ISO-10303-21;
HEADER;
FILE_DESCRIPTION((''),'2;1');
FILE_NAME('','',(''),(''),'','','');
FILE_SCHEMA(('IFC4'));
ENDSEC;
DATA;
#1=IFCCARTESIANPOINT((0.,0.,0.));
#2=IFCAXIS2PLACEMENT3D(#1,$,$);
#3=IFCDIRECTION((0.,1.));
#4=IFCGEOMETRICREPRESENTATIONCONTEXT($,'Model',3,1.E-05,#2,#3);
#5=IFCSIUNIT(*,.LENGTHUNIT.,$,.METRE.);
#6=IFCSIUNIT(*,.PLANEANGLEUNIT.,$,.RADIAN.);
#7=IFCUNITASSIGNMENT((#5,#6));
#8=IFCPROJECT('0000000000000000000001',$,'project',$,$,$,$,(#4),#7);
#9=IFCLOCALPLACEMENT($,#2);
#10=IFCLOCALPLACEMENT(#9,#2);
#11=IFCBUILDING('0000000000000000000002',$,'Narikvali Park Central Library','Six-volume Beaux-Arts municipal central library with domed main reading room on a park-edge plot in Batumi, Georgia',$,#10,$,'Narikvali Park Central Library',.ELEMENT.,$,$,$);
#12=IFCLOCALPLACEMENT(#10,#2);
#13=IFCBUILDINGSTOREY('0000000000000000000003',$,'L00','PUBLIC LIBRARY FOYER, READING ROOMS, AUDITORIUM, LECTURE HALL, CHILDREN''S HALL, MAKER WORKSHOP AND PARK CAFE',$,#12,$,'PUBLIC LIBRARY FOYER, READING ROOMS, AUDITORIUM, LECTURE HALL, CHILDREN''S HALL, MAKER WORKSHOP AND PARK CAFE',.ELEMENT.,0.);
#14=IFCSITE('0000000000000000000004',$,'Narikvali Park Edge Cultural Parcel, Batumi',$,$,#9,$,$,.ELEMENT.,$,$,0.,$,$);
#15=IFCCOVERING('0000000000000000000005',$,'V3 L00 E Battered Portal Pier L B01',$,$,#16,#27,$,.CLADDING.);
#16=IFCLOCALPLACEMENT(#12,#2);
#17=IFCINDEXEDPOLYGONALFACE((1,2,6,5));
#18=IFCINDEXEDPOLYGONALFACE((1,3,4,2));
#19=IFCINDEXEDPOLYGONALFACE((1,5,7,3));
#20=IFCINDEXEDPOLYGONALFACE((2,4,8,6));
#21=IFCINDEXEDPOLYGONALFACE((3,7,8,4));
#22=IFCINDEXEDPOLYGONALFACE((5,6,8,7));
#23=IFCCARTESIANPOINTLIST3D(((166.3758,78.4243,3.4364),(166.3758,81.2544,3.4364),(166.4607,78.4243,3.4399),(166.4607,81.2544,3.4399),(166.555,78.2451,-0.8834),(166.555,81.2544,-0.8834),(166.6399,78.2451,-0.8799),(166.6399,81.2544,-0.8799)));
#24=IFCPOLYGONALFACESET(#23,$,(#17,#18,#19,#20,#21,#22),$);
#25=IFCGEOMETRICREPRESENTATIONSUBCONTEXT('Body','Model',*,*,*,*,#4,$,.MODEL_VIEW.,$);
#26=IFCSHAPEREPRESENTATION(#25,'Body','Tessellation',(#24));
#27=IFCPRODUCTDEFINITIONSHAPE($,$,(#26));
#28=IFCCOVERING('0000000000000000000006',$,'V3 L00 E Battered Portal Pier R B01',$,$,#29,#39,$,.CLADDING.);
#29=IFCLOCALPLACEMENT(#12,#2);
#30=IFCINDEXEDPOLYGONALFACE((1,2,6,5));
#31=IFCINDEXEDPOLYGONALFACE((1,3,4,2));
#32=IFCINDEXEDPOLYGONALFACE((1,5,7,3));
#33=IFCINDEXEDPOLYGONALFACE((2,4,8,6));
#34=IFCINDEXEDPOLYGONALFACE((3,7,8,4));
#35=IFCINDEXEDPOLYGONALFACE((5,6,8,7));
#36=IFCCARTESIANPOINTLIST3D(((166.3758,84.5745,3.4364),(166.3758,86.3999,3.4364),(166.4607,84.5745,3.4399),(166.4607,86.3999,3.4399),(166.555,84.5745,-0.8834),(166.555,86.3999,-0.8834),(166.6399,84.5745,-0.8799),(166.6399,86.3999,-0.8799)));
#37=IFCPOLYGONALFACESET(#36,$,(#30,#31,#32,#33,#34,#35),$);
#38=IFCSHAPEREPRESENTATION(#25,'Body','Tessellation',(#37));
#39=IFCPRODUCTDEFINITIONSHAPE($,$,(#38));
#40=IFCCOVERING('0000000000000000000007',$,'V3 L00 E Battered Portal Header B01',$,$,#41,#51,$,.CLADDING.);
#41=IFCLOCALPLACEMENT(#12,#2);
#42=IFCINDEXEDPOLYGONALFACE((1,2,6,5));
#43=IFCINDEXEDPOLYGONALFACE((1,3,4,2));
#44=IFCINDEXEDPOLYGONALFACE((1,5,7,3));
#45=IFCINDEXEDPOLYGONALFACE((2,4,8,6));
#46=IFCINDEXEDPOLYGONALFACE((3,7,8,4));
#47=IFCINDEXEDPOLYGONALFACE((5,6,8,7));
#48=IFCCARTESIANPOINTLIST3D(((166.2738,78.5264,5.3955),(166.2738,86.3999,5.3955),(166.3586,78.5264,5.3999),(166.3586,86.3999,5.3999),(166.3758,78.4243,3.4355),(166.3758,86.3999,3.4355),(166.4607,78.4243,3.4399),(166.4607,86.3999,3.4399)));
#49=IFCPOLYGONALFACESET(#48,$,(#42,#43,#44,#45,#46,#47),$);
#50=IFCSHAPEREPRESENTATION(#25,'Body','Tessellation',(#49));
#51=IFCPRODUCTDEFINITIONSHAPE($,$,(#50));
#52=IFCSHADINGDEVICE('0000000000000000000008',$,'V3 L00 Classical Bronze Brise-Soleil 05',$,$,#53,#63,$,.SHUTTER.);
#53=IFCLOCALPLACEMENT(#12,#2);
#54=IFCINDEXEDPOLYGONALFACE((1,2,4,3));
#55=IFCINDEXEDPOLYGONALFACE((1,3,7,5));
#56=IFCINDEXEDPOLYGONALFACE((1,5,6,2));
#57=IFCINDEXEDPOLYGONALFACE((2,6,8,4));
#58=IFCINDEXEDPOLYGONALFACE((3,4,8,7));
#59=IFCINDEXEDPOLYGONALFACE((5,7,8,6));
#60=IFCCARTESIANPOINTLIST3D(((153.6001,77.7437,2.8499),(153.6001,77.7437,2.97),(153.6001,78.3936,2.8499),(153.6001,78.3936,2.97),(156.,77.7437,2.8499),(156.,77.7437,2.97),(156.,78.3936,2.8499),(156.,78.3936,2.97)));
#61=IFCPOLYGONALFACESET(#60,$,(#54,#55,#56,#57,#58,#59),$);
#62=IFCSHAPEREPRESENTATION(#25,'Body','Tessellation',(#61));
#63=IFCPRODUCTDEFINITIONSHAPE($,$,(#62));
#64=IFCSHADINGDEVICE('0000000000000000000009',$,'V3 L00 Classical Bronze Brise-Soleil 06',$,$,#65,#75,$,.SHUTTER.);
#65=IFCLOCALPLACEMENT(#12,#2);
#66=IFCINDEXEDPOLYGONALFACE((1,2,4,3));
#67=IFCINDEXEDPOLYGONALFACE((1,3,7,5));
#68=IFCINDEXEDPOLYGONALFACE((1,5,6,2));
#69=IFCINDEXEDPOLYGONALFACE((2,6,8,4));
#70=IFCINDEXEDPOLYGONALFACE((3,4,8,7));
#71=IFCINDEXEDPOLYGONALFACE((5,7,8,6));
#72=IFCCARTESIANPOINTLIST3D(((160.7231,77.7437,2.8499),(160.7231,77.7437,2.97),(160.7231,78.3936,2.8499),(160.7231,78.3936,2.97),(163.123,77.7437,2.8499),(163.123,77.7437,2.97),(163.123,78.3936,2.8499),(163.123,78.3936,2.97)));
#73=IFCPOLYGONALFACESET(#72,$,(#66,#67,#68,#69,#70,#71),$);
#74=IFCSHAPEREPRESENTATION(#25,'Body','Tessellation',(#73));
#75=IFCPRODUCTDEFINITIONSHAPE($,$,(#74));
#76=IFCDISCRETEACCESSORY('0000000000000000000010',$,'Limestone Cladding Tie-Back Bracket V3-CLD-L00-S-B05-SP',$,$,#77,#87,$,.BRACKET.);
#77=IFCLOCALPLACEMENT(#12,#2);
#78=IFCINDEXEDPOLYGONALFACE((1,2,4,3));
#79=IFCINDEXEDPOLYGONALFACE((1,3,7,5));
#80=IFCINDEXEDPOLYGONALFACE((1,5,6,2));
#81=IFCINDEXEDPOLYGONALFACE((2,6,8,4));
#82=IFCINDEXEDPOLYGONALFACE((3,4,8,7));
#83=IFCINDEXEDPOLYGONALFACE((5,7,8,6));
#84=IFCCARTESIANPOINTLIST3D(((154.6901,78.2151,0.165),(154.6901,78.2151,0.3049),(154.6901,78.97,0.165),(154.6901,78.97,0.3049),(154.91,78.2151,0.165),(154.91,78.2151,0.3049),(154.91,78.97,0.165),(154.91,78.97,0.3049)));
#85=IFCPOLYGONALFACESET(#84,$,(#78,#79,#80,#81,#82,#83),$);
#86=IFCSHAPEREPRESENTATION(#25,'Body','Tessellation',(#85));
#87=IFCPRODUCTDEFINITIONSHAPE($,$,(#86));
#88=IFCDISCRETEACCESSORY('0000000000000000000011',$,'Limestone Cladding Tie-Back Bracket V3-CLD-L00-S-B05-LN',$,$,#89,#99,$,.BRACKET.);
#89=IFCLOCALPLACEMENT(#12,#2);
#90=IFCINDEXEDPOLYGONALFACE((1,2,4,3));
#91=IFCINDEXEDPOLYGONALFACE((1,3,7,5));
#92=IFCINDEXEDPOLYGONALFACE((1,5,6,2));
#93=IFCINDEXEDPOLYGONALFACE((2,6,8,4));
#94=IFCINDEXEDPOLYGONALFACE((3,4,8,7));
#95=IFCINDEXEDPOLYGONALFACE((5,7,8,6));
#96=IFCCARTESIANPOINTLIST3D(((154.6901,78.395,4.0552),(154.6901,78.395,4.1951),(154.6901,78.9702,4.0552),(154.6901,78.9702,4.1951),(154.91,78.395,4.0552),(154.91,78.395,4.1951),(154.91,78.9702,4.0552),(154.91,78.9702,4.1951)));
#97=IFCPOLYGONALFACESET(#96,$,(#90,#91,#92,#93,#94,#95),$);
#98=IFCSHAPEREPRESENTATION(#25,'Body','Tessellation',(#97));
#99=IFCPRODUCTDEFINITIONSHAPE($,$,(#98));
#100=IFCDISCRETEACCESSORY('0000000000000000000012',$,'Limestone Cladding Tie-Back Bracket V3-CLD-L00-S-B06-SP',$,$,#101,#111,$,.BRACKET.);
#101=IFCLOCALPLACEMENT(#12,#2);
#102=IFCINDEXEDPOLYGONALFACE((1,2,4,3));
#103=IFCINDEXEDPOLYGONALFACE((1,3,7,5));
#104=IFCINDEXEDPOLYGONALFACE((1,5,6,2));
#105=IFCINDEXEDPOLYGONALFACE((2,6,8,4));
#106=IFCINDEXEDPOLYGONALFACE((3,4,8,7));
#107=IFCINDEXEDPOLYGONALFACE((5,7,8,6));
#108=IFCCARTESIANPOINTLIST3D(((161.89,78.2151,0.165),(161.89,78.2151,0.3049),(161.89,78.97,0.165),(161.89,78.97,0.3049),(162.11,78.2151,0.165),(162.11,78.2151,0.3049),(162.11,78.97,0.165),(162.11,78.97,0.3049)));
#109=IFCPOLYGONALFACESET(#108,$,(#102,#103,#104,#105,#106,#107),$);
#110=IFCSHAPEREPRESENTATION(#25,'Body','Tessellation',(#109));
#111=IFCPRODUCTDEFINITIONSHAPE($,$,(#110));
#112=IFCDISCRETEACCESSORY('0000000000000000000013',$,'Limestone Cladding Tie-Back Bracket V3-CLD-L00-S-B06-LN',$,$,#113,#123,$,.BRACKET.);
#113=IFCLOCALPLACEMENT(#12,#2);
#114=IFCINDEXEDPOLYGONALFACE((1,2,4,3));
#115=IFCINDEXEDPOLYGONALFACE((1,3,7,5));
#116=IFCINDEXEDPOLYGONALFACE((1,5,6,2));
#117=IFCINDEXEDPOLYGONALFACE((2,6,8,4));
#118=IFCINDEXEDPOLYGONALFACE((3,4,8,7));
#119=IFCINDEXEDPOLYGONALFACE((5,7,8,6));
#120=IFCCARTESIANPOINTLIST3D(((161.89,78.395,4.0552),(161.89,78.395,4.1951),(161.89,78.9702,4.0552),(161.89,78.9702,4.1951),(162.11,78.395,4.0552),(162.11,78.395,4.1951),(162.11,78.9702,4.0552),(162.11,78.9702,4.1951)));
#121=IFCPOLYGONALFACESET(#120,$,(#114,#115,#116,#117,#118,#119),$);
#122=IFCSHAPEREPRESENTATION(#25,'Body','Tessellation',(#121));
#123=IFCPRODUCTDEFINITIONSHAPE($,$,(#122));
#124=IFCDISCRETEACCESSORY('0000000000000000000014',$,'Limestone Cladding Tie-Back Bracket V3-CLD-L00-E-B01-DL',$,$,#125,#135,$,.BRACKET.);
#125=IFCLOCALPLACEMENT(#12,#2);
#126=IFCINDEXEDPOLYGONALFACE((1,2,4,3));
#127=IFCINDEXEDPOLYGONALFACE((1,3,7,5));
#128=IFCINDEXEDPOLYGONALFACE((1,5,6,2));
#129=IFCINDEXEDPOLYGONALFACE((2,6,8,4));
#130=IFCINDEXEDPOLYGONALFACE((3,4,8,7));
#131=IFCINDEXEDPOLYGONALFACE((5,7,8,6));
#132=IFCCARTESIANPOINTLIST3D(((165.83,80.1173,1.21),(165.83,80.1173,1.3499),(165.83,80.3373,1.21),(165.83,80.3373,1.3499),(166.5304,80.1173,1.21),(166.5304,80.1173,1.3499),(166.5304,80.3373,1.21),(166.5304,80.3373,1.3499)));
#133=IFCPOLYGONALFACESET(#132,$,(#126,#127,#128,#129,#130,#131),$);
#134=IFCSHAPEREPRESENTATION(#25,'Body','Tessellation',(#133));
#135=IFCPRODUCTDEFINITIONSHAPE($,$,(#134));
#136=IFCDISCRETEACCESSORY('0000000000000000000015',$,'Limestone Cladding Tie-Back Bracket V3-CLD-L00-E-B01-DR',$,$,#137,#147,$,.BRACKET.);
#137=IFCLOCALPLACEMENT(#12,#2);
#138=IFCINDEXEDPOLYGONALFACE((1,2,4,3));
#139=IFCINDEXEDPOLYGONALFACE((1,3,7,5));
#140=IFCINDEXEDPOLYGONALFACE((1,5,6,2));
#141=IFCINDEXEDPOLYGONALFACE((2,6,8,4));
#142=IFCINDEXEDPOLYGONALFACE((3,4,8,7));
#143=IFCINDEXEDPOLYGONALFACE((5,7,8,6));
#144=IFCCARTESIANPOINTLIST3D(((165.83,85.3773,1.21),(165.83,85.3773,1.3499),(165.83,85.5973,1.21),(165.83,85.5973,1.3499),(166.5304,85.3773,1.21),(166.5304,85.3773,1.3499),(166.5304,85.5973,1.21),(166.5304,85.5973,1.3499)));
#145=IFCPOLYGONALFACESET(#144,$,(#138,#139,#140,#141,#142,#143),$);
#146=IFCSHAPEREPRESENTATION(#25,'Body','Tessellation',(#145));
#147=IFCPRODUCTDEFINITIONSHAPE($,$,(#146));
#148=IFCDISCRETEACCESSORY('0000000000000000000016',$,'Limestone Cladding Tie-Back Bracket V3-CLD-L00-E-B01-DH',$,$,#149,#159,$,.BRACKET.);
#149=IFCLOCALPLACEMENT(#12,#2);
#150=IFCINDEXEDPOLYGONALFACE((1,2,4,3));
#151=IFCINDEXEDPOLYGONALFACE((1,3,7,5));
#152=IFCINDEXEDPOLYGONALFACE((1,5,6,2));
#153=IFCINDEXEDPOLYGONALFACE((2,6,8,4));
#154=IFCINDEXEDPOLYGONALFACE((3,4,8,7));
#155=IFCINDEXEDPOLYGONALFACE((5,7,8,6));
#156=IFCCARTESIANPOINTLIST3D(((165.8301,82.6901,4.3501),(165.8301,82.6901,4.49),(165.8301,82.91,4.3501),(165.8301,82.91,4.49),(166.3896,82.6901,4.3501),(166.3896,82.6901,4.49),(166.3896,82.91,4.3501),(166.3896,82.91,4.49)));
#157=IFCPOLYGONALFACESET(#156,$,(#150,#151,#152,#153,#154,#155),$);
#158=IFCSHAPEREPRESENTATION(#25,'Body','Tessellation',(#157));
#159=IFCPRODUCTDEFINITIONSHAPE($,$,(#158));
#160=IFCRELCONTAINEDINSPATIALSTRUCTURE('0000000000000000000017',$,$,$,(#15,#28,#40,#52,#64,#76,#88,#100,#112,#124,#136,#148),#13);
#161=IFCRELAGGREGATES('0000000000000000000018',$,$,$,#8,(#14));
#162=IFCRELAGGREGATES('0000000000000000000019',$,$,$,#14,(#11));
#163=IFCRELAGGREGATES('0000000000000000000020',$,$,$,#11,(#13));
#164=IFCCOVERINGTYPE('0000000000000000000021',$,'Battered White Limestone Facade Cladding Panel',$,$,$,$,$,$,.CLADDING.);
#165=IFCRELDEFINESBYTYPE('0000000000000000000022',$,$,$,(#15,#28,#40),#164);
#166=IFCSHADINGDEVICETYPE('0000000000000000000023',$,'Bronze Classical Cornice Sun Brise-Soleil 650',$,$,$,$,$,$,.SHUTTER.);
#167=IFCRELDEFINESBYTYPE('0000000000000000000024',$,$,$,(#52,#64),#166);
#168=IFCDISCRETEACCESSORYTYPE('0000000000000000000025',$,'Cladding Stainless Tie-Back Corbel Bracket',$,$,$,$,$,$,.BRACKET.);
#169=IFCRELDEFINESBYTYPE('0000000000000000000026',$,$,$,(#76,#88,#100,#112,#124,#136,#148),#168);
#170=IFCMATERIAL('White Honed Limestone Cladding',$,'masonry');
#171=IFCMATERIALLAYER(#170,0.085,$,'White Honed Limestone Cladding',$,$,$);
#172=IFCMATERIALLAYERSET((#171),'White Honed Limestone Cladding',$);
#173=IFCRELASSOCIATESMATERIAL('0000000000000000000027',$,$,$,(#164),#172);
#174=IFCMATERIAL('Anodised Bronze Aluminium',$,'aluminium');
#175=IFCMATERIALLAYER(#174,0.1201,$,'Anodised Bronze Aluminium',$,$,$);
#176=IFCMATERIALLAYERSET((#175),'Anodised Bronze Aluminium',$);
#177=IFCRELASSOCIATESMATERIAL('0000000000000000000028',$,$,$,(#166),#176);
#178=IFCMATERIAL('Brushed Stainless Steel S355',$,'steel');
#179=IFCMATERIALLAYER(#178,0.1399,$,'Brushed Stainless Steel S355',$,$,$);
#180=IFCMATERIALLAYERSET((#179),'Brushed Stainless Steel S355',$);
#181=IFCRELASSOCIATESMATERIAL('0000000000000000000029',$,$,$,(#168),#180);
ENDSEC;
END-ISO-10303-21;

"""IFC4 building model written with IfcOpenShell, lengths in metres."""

from ifc_helpers import new_model, si_unit, direction, frame, origin, origin_2d, place, context, subcontext, project, spatial, polyline, rectangle, outline, extrude, material, layer, layer_set, type_object, element, save


model = new_model("IFC4")

# Units and contexts
model_context = context("Model", 3, precision=1e-05, world=origin(), true_north=direction((0.0, 1.0)))
body_context = subcontext(model_context, "Body", "Model", "MODEL_VIEW")
ifc_project = project(units=[si_unit("LENGTHUNIT", "METRE"), si_unit("PLANEANGLEUNIT", "RADIAN")], contexts=[model_context])

# Site, building, storey
site_placement = place(None, origin())
site = spatial("IfcSite", under=ifc_project, at=site_placement, Name="Narikvali Park Edge Cultural Parcel, Batumi", CompositionType="ELEMENT", RefElevation=0.0)
building_placement = place(site_placement, origin())
building = spatial("IfcBuilding", under=site, at=building_placement, Name="Narikvali Park Central Library", Description="Six-volume Beaux-Arts municipal central library with domed main reading room on a park-edge plot in Batumi, Georgia", LongName="Narikvali Park Central Library", CompositionType="ELEMENT")
storey_placement = place(building_placement, origin())
storey = spatial("IfcBuildingStorey", under=building, at=storey_placement, Name="L00", Description="PUBLIC LIBRARY FOYER, READING ROOMS, AUDITORIUM, LECTURE HALL, CHILDREN'S HALL, MAKER WORKSHOP AND PARK CAFE", LongName="PUBLIC LIBRARY FOYER, READING ROOMS, AUDITORIUM, LECTURE HALL, CHILDREN'S HALL, MAKER WORKSHOP AND PARK CAFE", CompositionType="ELEMENT", Elevation=0.0)

# Coverings
ifc_material_1 = material(Name="White Honed Limestone Cladding", Category="masonry")
ifc_layer_1 = layer(ifc_material_1, 0.085, Name="White Honed Limestone Cladding")
ifc_layer_set_1 = layer_set([ifc_layer_1], Name="White Honed Limestone Cladding")
covering_type = type_object("IfcCoveringType", Name="Battered White Limestone Facade Cladding Panel", PredefinedType="CLADDING", material=ifc_layer_set_1)
covering_1_placement = place(storey_placement, frame((166.6399, 78.2451, -0.8799), z_axis=(0.999141, 0.0, 0.041447), x_axis=(0.0, 1.0, 0.0)))
element("IfcCovering", 1, at=covering_1_placement, inside=storey, type_object=covering_type, Name="V3 L00 E Battered Portal Pier L B01", PredefinedType="CLADDING", context=body_context, shape_type="SweptSolid", body=[
    extrude(outline(polyline([(0.0, 0.0), (3.0093, 0.0), (3.0093, 4.3235), (0.1792, 4.3235), (0.0, 0.0)])), origin(), (0.0, 0.0, -1.0), 0.085),
])
covering_2_placement = place(storey_placement, frame((166.6399, 84.5745, -0.8799), z_axis=(0.999141, 0.0, 0.041447), x_axis=(0.0, 1.0, 0.0)))
element("IfcCovering", 2, at=covering_2_placement, inside=storey, type_object=covering_type, Name="V3 L00 E Battered Portal Pier R B01", PredefinedType="CLADDING", context=body_context, shape_type="SweptSolid", body=[
    extrude(outline(polyline([(0.0, 0.0), (1.8254, 0.0), (1.8254, 4.3235), (0.0, 4.3235), (0.0, 0.0)])), origin(), (0.0, 0.0, -1.0), 0.085),
])
covering_3_placement = place(storey_placement, frame((166.4607, 78.4243, 3.4399), z_axis=(0.998647, 0.0, 0.051997), x_axis=(0.0, 1.0, 0.0)))
element("IfcCovering", 3, at=covering_3_placement, inside=storey, type_object=covering_type, Name="V3 L00 E Battered Portal Header B01", PredefinedType="CLADDING", context=body_context, shape_type="SweptSolid", body=[
    extrude(outline(polyline([(0.0, 0.0), (7.9756, 0.0), (7.9756, 1.9626), (0.1021, 1.9626), (0.0, 0.0)])), origin(), (0.0, 0.0, -1.0), 0.085),
])

# Shading devices
ifc_material_2 = material(Name="Anodised Bronze Aluminium", Category="aluminium")
ifc_layer_2 = layer(ifc_material_2, 0.1201, Name="Anodised Bronze Aluminium")
ifc_layer_set_2 = layer_set([ifc_layer_2], Name="Anodised Bronze Aluminium")
shading_device_type = type_object("IfcShadingDeviceType", Name="Bronze Classical Cornice Sun Brise-Soleil 650", PredefinedType="SHUTTER", material=ifc_layer_set_2)
for number, where, z_axis, x_axis, name in (
    (4, (154.8, 78.0686, 2.8499), (0.0, 0.0, 1.0), (1.0, 0.0, 0.0), "V3 L00 Classical Bronze Brise-Soleil 05"),
    (5, (161.9231, 78.0686, 2.8499), (0.0, 0.0, 1.0), (1.0, 0.0, 0.0), "V3 L00 Classical Bronze Brise-Soleil 06"),
):
    element("IfcShadingDevice", number, at=place(storey_placement, frame(where, z_axis=z_axis, x_axis=x_axis)), inside=storey, type_object=shading_device_type, Name=name, PredefinedType="SHUTTER", context=body_context, shape_type="SweptSolid", body=[
        extrude(rectangle(XDim=2.3999, YDim=0.6499, at=origin_2d()), origin(), (0.0, 0.0, 1.0), 0.1201),
    ])

# Discrete accessories
ifc_material_3 = material(Name="Brushed Stainless Steel S355", Category="steel")
ifc_layer_3 = layer(ifc_material_3, 0.1399, Name="Brushed Stainless Steel S355")
ifc_layer_set_3 = layer_set([ifc_layer_3], Name="Brushed Stainless Steel S355")
discrete_accessory_type = type_object("IfcDiscreteAccessoryType", Name="Cladding Stainless Tie-Back Corbel Bracket", PredefinedType="BRACKET", material=ifc_layer_set_3)
discrete_accessory_1_placement = place(storey_placement, frame((154.8, 78.5925, 0.165), z_axis=(0.0, 0.0, 1.0), x_axis=(1.0, 0.0, 0.0)))
element("IfcDiscreteAccessory", 6, at=discrete_accessory_1_placement, inside=storey, type_object=discrete_accessory_type, Name="Limestone Cladding Tie-Back Bracket V3-CLD-L00-S-B05-SP", PredefinedType="BRACKET", context=body_context, shape_type="SweptSolid", body=[
    extrude(rectangle(XDim=0.22, YDim=0.7549, at=origin_2d()), origin(), (0.0, 0.0, 1.0), 0.1399),
])
discrete_accessory_2_placement = place(storey_placement, frame((154.8, 78.6826, 4.0552), z_axis=(0.0, 0.0, 1.0), x_axis=(1.0, 0.0, 0.0)))
element("IfcDiscreteAccessory", 7, at=discrete_accessory_2_placement, inside=storey, type_object=discrete_accessory_type, Name="Limestone Cladding Tie-Back Bracket V3-CLD-L00-S-B05-LN", PredefinedType="BRACKET", context=body_context, shape_type="SweptSolid", body=[
    extrude(rectangle(XDim=0.22, YDim=0.5752, at=origin_2d()), origin(), (0.0, 0.0, 1.0), 0.1399),
])
discrete_accessory_3_placement = place(storey_placement, frame((162.0, 78.5925, 0.165), z_axis=(0.0, 0.0, 1.0), x_axis=(1.0, 0.0, 0.0)))
element("IfcDiscreteAccessory", 8, at=discrete_accessory_3_placement, inside=storey, type_object=discrete_accessory_type, Name="Limestone Cladding Tie-Back Bracket V3-CLD-L00-S-B06-SP", PredefinedType="BRACKET", context=body_context, shape_type="SweptSolid", body=[
    extrude(rectangle(XDim=0.22, YDim=0.7549, at=origin_2d()), origin(), (0.0, 0.0, 1.0), 0.1399),
])
discrete_accessory_4_placement = place(storey_placement, frame((162.0, 78.6826, 4.0552), z_axis=(0.0, 0.0, 1.0), x_axis=(1.0, 0.0, 0.0)))
element("IfcDiscreteAccessory", 9, at=discrete_accessory_4_placement, inside=storey, type_object=discrete_accessory_type, Name="Limestone Cladding Tie-Back Bracket V3-CLD-L00-S-B06-LN", PredefinedType="BRACKET", context=body_context, shape_type="SweptSolid", body=[
    extrude(rectangle(XDim=0.22, YDim=0.5752, at=origin_2d()), origin(), (0.0, 0.0, 1.0), 0.1399),
])
for number, where, z_axis, x_axis, name in (
    (10, (166.1802, 80.2273, 1.21), (0.0, 0.0, 1.0), (1.0, 0.0, 0.0), "Limestone Cladding Tie-Back Bracket V3-CLD-L00-E-B01-DL"),
    (11, (166.1802, 85.4873, 1.21), (0.0, 0.0, 1.0), (1.0, 0.0, 0.0), "Limestone Cladding Tie-Back Bracket V3-CLD-L00-E-B01-DR"),
):
    element("IfcDiscreteAccessory", number, at=place(storey_placement, frame(where, z_axis=z_axis, x_axis=x_axis)), inside=storey, type_object=discrete_accessory_type, Name=name, PredefinedType="BRACKET", context=body_context, shape_type="SweptSolid", body=[
        extrude(rectangle(XDim=0.7004, YDim=0.22, at=origin_2d()), origin(), (0.0, 0.0, 1.0), 0.1399),
    ])
discrete_accessory_5_placement = place(storey_placement, frame((166.1099, 82.8, 4.3501), z_axis=(0.0, 0.0, 1.0), x_axis=(1.0, 0.0, 0.0)))
element("IfcDiscreteAccessory", 12, at=discrete_accessory_5_placement, inside=storey, type_object=discrete_accessory_type, Name="Limestone Cladding Tie-Back Bracket V3-CLD-L00-E-B01-DH", PredefinedType="BRACKET", context=body_context, shape_type="SweptSolid", body=[
    extrude(rectangle(XDim=0.5596, YDim=0.22, at=origin_2d()), origin(), (0.0, 0.0, 1.0), 0.1399),
])

save(model, "model.ifc")
